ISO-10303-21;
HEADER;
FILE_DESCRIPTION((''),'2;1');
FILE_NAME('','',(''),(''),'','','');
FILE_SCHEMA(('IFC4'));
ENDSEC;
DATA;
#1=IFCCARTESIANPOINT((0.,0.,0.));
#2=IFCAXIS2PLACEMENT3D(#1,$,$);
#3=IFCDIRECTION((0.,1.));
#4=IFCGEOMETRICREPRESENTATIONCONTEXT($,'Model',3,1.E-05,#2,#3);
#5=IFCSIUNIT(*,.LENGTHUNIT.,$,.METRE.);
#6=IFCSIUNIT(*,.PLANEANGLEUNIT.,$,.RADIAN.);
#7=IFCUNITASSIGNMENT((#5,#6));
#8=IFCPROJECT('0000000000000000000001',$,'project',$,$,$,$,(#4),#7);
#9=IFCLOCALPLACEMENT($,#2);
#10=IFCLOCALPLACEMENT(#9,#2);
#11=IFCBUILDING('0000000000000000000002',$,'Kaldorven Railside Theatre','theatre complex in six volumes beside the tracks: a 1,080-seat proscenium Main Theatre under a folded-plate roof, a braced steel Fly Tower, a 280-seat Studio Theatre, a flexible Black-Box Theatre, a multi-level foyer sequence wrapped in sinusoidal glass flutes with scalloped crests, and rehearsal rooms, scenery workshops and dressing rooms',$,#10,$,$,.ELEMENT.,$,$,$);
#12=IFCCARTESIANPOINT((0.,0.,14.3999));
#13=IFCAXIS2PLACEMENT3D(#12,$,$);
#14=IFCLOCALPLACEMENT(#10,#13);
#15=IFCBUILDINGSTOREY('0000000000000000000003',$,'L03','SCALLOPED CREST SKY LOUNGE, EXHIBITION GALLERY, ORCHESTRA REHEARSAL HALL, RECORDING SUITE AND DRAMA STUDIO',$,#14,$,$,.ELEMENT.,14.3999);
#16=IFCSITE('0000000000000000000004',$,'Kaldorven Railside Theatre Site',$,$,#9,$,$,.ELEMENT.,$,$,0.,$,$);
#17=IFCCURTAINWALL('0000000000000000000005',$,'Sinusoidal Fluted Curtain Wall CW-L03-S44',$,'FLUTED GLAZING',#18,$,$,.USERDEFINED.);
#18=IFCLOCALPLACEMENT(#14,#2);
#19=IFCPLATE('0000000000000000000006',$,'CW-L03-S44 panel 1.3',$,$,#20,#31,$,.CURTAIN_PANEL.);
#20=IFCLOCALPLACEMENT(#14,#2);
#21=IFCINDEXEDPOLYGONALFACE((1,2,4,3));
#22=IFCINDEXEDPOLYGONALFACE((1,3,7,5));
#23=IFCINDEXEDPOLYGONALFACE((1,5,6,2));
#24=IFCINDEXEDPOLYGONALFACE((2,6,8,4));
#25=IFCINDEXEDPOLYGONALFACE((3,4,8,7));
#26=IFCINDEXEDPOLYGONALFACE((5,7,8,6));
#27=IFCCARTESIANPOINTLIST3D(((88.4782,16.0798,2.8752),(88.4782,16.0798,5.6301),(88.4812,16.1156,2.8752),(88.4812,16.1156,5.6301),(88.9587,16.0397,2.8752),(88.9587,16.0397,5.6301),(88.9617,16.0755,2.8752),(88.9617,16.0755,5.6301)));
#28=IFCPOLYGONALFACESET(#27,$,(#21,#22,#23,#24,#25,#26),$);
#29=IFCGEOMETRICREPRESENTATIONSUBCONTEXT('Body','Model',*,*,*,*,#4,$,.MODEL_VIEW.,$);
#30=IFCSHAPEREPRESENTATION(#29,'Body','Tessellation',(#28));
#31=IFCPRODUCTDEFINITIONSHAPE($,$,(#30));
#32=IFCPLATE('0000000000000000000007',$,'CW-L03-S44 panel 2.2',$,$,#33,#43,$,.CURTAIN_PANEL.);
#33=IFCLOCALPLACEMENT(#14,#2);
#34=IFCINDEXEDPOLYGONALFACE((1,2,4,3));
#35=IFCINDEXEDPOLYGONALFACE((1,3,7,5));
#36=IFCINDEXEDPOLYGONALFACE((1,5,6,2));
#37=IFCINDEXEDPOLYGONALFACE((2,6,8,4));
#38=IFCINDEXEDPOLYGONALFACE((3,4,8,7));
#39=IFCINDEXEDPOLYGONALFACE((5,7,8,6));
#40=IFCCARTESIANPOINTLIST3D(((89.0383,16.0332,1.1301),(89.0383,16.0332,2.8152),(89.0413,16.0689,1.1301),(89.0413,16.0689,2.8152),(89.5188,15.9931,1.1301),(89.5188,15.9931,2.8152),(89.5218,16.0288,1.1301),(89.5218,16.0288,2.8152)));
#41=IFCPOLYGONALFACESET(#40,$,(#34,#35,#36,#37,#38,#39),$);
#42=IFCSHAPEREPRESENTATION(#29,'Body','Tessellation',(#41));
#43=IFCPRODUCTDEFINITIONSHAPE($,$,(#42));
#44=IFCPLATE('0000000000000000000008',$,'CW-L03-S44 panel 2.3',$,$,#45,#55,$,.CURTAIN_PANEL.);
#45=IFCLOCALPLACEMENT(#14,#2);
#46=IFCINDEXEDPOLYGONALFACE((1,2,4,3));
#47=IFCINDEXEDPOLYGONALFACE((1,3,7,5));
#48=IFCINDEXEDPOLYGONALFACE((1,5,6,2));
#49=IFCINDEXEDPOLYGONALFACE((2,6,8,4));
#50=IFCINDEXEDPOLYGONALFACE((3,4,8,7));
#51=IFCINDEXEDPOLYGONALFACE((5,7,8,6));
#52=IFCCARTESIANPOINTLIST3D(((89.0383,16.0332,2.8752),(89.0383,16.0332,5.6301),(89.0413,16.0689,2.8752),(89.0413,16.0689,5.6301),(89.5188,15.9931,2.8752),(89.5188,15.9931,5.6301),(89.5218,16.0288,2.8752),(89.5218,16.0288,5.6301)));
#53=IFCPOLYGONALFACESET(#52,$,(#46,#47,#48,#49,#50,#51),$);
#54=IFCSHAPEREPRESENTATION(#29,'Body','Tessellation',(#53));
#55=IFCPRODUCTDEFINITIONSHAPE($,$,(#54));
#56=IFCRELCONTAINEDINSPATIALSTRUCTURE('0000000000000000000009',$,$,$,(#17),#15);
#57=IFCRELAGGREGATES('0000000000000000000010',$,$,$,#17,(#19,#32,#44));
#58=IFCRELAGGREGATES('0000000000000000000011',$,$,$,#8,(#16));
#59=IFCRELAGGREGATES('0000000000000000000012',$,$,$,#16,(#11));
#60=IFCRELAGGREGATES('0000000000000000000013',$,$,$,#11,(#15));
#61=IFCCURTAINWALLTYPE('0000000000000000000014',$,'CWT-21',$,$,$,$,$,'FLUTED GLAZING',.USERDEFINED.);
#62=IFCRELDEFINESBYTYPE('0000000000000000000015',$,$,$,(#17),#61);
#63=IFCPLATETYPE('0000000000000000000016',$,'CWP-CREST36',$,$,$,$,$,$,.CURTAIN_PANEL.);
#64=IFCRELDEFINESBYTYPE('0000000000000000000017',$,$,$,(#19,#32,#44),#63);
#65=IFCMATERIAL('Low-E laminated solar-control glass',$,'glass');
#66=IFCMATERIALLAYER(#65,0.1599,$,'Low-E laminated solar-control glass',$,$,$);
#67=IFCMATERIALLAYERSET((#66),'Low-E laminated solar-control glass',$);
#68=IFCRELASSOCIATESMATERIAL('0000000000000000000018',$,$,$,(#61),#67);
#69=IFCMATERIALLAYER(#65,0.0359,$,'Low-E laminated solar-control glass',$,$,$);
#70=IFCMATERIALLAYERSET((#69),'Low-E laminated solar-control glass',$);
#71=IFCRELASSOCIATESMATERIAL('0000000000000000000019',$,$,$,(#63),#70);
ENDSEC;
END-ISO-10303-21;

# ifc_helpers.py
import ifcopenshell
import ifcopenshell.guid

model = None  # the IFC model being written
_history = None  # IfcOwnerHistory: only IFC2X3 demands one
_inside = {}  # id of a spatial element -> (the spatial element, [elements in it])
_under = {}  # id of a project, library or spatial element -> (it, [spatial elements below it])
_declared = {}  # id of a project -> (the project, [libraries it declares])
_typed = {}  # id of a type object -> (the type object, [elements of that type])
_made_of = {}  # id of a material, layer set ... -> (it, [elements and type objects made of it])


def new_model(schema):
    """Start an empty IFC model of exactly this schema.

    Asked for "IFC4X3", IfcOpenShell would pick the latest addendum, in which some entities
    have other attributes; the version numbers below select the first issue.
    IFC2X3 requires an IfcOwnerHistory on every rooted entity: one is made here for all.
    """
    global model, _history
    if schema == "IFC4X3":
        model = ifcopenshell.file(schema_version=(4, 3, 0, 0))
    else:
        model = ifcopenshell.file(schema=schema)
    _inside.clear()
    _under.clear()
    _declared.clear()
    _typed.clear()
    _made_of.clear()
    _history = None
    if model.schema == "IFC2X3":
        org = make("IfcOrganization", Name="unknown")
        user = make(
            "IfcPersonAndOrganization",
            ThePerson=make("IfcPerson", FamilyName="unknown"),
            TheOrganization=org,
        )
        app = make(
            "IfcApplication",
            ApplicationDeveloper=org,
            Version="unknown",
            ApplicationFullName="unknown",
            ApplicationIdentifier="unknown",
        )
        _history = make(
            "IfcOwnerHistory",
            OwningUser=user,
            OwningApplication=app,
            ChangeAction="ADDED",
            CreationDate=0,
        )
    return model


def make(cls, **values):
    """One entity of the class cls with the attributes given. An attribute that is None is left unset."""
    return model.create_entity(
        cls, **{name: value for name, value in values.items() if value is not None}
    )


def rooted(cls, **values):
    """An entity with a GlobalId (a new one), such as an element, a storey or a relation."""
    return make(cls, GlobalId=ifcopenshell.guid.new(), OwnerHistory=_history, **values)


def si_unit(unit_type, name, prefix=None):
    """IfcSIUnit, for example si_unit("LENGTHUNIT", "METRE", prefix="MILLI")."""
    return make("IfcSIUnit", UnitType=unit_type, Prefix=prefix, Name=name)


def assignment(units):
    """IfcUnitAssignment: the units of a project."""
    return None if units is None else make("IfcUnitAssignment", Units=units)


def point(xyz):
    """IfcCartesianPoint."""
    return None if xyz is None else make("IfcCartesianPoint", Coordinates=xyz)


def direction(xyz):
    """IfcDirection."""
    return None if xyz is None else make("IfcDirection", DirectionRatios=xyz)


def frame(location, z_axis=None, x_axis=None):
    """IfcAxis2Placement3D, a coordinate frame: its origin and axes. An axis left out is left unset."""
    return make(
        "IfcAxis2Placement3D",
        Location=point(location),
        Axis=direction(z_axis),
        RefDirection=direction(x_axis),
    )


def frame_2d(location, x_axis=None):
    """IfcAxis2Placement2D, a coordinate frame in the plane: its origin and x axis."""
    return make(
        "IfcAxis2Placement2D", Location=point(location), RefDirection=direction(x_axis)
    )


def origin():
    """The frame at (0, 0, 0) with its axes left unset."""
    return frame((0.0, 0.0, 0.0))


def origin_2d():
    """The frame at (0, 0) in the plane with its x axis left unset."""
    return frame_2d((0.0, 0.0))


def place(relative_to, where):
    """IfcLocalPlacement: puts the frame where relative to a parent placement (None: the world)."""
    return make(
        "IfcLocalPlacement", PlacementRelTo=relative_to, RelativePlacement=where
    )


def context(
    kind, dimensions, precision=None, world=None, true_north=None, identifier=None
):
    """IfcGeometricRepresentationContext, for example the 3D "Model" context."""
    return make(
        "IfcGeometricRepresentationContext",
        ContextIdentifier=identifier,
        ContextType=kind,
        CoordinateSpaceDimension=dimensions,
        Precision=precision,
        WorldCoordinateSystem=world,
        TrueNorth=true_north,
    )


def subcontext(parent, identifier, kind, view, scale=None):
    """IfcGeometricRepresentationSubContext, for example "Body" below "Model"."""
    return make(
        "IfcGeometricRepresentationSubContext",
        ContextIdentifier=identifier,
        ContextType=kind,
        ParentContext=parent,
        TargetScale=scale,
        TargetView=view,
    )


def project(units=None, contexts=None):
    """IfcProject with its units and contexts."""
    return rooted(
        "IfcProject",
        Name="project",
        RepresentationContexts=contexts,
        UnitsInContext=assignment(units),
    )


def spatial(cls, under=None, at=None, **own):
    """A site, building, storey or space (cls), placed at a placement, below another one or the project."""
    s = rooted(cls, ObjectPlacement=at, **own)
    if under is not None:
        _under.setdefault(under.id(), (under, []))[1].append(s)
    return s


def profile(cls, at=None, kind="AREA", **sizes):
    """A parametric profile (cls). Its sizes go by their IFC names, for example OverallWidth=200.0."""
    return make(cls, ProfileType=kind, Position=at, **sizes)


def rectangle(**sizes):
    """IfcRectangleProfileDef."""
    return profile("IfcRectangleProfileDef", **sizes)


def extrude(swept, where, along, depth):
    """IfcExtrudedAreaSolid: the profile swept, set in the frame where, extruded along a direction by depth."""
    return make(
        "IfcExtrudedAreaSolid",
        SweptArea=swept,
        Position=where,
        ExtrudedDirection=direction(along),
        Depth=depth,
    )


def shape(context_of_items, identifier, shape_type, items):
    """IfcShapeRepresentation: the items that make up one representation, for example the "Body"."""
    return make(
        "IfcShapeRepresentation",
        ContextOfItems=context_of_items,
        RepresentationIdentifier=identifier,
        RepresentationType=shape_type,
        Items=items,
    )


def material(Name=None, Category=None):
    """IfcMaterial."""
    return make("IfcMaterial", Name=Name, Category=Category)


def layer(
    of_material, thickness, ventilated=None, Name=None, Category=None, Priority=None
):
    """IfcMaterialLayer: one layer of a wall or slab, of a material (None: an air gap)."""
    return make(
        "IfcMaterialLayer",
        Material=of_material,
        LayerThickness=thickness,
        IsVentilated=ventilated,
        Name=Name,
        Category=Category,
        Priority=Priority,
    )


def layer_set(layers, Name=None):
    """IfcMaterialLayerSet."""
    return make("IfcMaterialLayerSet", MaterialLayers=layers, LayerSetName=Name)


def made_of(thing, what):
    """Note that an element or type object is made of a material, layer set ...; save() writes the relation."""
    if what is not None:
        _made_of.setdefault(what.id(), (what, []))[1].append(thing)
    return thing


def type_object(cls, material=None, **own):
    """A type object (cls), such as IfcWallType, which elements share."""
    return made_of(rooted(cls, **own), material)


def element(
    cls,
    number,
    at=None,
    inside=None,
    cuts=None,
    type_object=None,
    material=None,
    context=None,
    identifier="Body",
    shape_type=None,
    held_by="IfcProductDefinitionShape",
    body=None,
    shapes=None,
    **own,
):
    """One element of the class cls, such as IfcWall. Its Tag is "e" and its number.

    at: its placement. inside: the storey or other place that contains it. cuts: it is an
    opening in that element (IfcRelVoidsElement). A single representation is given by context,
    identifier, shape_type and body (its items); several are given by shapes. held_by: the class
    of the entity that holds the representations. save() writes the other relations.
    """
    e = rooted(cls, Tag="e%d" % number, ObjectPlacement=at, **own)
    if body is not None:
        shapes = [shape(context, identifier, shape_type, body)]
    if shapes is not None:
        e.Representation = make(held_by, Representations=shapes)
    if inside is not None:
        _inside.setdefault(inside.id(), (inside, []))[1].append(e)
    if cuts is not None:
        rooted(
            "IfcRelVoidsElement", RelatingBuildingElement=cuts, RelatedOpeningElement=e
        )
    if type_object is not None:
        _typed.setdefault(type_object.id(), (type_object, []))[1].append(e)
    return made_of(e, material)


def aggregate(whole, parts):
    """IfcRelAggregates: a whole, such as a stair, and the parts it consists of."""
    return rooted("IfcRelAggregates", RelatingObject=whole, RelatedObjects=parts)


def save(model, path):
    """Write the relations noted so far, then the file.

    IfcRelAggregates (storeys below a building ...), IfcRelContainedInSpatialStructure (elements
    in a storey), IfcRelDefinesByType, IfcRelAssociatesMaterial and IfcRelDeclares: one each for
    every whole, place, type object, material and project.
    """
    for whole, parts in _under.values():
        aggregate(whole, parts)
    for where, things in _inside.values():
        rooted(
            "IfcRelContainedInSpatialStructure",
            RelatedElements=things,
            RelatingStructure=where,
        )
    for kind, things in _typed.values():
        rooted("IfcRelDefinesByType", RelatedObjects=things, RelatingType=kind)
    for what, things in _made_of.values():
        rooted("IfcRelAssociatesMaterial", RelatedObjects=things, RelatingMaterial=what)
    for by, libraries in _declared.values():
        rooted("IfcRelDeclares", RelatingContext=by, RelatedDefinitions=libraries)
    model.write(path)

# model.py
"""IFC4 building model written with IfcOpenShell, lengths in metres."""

from ifc_helpers import new_model, si_unit, direction, frame, origin, origin_2d, place, context, subcontext, project, spatial, rectangle, extrude, material, layer, layer_set, type_object, element, aggregate, save


model = new_model("IFC4")

# Units and contexts
model_context = context("Model", 3, precision=1e-05, world=origin(), true_north=direction((0.0, 1.0)))
body_context = subcontext(model_context, "Body", "Model", "MODEL_VIEW")
ifc_project = project(units=[si_unit("LENGTHUNIT", "METRE"), si_unit("PLANEANGLEUNIT", "RADIAN")], contexts=[model_context])

# Site, building, storey
site_placement = place(None, origin())
site = spatial("IfcSite", under=ifc_project, at=site_placement, Name="Kaldorven Railside Theatre Site", CompositionType="ELEMENT", RefElevation=0.0)
building_placement = place(site_placement, origin())
building = spatial("IfcBuilding", under=site, at=building_placement, Name="Kaldorven Railside Theatre", Description="theatre complex in six volumes beside the tracks: a 1,080-seat proscenium Main Theatre under a folded-plate roof, a braced steel Fly Tower, a 280-seat Studio Theatre, a flexible Black-Box Theatre, a multi-level foyer sequence wrapped in sinusoidal glass flutes with scalloped crests, and rehearsal rooms, scenery workshops and dressing rooms", CompositionType="ELEMENT")
storey_placement = place(building_placement, frame((0.0, 0.0, 14.3999)))
storey = spatial("IfcBuildingStorey", under=building, at=storey_placement, Name="L03", Description="SCALLOPED CREST SKY LOUNGE, EXHIBITION GALLERY, ORCHESTRA REHEARSAL HALL, RECORDING SUITE AND DRAMA STUDIO", CompositionType="ELEMENT", Elevation=14.3999)

# Curtain wall
ifc_material_1 = material(Name="Low-E laminated solar-control glass", Category="glass")
ifc_layer_1 = layer(ifc_material_1, 0.1599, Name="Low-E laminated solar-control glass")
ifc_layer_set_1 = layer_set([ifc_layer_1], Name="Low-E laminated solar-control glass")
curtain_wall_type_1 = type_object("IfcCurtainWallType", Name="CWT-21", ElementType="FLUTED GLAZING", PredefinedType="USERDEFINED", material=ifc_layer_set_1)
curtain_wall_1_placement = place(storey_placement, origin())
curtain_wall_1 = element("IfcCurtainWall", 1, at=curtain_wall_1_placement, inside=storey, type_object=curtain_wall_type_1, Name="Sinusoidal Fluted Curtain Wall CW-L03-S44", ObjectType="FLUTED GLAZING", PredefinedType="USERDEFINED")

# Plates
ifc_layer_2 = layer(ifc_material_1, 0.0359, Name="Low-E laminated solar-control glass")
ifc_layer_set_2 = layer_set([ifc_layer_2], Name="Low-E laminated solar-control glass")
plate_type = type_object("IfcPlateType", Name="CWP-CREST36", PredefinedType="CURTAIN_PANEL", material=ifc_layer_set_2)
plate_1_placement = place(storey_placement, frame((88.72, 16.0776, 2.8752), z_axis=(0.0, 0.0, 1.0), x_axis=(0.996532, -0.08321, 0.0)))
plate_1 = element("IfcPlate", 2, at=plate_1_placement, type_object=plate_type, Name="CW-L03-S44 panel 1.3", PredefinedType="CURTAIN_PANEL", context=body_context, shape_type="SweptSolid", body=[
    extrude(rectangle(XDim=0.4822, YDim=0.0359, at=origin_2d()), origin(), (0.0, 0.0, 1.0), 2.7549),
])
plate_2_placement = place(storey_placement, frame((89.28, 16.031, 1.1301), z_axis=(0.0, 0.0, 1.0), x_axis=(0.996532, -0.08321, 0.0)))
plate_2 = element("IfcPlate", 3, at=plate_2_placement, type_object=plate_type, Name="CW-L03-S44 panel 2.2", PredefinedType="CURTAIN_PANEL", context=body_context, shape_type="SweptSolid", body=[
    extrude(rectangle(XDim=0.4822, YDim=0.0359, at=origin_2d()), origin(), (0.0, 0.0, 1.0), 1.6851),
])
plate_3_placement = place(storey_placement, frame((89.28, 16.031, 2.8752), z_axis=(0.0, 0.0, 1.0), x_axis=(0.996532, -0.08321, 0.0)))
plate_3 = element("IfcPlate", 4, at=plate_3_placement, type_object=plate_type, Name="CW-L03-S44 panel 2.3", PredefinedType="CURTAIN_PANEL", context=body_context, shape_type="SweptSolid", body=[
    extrude(rectangle(XDim=0.4822, YDim=0.0359, at=origin_2d()), origin(), (0.0, 0.0, 1.0), 2.7549),
])
aggregate(curtain_wall_1, [plate_1, plate_2, plate_3])

save(model, "model.ifc")
